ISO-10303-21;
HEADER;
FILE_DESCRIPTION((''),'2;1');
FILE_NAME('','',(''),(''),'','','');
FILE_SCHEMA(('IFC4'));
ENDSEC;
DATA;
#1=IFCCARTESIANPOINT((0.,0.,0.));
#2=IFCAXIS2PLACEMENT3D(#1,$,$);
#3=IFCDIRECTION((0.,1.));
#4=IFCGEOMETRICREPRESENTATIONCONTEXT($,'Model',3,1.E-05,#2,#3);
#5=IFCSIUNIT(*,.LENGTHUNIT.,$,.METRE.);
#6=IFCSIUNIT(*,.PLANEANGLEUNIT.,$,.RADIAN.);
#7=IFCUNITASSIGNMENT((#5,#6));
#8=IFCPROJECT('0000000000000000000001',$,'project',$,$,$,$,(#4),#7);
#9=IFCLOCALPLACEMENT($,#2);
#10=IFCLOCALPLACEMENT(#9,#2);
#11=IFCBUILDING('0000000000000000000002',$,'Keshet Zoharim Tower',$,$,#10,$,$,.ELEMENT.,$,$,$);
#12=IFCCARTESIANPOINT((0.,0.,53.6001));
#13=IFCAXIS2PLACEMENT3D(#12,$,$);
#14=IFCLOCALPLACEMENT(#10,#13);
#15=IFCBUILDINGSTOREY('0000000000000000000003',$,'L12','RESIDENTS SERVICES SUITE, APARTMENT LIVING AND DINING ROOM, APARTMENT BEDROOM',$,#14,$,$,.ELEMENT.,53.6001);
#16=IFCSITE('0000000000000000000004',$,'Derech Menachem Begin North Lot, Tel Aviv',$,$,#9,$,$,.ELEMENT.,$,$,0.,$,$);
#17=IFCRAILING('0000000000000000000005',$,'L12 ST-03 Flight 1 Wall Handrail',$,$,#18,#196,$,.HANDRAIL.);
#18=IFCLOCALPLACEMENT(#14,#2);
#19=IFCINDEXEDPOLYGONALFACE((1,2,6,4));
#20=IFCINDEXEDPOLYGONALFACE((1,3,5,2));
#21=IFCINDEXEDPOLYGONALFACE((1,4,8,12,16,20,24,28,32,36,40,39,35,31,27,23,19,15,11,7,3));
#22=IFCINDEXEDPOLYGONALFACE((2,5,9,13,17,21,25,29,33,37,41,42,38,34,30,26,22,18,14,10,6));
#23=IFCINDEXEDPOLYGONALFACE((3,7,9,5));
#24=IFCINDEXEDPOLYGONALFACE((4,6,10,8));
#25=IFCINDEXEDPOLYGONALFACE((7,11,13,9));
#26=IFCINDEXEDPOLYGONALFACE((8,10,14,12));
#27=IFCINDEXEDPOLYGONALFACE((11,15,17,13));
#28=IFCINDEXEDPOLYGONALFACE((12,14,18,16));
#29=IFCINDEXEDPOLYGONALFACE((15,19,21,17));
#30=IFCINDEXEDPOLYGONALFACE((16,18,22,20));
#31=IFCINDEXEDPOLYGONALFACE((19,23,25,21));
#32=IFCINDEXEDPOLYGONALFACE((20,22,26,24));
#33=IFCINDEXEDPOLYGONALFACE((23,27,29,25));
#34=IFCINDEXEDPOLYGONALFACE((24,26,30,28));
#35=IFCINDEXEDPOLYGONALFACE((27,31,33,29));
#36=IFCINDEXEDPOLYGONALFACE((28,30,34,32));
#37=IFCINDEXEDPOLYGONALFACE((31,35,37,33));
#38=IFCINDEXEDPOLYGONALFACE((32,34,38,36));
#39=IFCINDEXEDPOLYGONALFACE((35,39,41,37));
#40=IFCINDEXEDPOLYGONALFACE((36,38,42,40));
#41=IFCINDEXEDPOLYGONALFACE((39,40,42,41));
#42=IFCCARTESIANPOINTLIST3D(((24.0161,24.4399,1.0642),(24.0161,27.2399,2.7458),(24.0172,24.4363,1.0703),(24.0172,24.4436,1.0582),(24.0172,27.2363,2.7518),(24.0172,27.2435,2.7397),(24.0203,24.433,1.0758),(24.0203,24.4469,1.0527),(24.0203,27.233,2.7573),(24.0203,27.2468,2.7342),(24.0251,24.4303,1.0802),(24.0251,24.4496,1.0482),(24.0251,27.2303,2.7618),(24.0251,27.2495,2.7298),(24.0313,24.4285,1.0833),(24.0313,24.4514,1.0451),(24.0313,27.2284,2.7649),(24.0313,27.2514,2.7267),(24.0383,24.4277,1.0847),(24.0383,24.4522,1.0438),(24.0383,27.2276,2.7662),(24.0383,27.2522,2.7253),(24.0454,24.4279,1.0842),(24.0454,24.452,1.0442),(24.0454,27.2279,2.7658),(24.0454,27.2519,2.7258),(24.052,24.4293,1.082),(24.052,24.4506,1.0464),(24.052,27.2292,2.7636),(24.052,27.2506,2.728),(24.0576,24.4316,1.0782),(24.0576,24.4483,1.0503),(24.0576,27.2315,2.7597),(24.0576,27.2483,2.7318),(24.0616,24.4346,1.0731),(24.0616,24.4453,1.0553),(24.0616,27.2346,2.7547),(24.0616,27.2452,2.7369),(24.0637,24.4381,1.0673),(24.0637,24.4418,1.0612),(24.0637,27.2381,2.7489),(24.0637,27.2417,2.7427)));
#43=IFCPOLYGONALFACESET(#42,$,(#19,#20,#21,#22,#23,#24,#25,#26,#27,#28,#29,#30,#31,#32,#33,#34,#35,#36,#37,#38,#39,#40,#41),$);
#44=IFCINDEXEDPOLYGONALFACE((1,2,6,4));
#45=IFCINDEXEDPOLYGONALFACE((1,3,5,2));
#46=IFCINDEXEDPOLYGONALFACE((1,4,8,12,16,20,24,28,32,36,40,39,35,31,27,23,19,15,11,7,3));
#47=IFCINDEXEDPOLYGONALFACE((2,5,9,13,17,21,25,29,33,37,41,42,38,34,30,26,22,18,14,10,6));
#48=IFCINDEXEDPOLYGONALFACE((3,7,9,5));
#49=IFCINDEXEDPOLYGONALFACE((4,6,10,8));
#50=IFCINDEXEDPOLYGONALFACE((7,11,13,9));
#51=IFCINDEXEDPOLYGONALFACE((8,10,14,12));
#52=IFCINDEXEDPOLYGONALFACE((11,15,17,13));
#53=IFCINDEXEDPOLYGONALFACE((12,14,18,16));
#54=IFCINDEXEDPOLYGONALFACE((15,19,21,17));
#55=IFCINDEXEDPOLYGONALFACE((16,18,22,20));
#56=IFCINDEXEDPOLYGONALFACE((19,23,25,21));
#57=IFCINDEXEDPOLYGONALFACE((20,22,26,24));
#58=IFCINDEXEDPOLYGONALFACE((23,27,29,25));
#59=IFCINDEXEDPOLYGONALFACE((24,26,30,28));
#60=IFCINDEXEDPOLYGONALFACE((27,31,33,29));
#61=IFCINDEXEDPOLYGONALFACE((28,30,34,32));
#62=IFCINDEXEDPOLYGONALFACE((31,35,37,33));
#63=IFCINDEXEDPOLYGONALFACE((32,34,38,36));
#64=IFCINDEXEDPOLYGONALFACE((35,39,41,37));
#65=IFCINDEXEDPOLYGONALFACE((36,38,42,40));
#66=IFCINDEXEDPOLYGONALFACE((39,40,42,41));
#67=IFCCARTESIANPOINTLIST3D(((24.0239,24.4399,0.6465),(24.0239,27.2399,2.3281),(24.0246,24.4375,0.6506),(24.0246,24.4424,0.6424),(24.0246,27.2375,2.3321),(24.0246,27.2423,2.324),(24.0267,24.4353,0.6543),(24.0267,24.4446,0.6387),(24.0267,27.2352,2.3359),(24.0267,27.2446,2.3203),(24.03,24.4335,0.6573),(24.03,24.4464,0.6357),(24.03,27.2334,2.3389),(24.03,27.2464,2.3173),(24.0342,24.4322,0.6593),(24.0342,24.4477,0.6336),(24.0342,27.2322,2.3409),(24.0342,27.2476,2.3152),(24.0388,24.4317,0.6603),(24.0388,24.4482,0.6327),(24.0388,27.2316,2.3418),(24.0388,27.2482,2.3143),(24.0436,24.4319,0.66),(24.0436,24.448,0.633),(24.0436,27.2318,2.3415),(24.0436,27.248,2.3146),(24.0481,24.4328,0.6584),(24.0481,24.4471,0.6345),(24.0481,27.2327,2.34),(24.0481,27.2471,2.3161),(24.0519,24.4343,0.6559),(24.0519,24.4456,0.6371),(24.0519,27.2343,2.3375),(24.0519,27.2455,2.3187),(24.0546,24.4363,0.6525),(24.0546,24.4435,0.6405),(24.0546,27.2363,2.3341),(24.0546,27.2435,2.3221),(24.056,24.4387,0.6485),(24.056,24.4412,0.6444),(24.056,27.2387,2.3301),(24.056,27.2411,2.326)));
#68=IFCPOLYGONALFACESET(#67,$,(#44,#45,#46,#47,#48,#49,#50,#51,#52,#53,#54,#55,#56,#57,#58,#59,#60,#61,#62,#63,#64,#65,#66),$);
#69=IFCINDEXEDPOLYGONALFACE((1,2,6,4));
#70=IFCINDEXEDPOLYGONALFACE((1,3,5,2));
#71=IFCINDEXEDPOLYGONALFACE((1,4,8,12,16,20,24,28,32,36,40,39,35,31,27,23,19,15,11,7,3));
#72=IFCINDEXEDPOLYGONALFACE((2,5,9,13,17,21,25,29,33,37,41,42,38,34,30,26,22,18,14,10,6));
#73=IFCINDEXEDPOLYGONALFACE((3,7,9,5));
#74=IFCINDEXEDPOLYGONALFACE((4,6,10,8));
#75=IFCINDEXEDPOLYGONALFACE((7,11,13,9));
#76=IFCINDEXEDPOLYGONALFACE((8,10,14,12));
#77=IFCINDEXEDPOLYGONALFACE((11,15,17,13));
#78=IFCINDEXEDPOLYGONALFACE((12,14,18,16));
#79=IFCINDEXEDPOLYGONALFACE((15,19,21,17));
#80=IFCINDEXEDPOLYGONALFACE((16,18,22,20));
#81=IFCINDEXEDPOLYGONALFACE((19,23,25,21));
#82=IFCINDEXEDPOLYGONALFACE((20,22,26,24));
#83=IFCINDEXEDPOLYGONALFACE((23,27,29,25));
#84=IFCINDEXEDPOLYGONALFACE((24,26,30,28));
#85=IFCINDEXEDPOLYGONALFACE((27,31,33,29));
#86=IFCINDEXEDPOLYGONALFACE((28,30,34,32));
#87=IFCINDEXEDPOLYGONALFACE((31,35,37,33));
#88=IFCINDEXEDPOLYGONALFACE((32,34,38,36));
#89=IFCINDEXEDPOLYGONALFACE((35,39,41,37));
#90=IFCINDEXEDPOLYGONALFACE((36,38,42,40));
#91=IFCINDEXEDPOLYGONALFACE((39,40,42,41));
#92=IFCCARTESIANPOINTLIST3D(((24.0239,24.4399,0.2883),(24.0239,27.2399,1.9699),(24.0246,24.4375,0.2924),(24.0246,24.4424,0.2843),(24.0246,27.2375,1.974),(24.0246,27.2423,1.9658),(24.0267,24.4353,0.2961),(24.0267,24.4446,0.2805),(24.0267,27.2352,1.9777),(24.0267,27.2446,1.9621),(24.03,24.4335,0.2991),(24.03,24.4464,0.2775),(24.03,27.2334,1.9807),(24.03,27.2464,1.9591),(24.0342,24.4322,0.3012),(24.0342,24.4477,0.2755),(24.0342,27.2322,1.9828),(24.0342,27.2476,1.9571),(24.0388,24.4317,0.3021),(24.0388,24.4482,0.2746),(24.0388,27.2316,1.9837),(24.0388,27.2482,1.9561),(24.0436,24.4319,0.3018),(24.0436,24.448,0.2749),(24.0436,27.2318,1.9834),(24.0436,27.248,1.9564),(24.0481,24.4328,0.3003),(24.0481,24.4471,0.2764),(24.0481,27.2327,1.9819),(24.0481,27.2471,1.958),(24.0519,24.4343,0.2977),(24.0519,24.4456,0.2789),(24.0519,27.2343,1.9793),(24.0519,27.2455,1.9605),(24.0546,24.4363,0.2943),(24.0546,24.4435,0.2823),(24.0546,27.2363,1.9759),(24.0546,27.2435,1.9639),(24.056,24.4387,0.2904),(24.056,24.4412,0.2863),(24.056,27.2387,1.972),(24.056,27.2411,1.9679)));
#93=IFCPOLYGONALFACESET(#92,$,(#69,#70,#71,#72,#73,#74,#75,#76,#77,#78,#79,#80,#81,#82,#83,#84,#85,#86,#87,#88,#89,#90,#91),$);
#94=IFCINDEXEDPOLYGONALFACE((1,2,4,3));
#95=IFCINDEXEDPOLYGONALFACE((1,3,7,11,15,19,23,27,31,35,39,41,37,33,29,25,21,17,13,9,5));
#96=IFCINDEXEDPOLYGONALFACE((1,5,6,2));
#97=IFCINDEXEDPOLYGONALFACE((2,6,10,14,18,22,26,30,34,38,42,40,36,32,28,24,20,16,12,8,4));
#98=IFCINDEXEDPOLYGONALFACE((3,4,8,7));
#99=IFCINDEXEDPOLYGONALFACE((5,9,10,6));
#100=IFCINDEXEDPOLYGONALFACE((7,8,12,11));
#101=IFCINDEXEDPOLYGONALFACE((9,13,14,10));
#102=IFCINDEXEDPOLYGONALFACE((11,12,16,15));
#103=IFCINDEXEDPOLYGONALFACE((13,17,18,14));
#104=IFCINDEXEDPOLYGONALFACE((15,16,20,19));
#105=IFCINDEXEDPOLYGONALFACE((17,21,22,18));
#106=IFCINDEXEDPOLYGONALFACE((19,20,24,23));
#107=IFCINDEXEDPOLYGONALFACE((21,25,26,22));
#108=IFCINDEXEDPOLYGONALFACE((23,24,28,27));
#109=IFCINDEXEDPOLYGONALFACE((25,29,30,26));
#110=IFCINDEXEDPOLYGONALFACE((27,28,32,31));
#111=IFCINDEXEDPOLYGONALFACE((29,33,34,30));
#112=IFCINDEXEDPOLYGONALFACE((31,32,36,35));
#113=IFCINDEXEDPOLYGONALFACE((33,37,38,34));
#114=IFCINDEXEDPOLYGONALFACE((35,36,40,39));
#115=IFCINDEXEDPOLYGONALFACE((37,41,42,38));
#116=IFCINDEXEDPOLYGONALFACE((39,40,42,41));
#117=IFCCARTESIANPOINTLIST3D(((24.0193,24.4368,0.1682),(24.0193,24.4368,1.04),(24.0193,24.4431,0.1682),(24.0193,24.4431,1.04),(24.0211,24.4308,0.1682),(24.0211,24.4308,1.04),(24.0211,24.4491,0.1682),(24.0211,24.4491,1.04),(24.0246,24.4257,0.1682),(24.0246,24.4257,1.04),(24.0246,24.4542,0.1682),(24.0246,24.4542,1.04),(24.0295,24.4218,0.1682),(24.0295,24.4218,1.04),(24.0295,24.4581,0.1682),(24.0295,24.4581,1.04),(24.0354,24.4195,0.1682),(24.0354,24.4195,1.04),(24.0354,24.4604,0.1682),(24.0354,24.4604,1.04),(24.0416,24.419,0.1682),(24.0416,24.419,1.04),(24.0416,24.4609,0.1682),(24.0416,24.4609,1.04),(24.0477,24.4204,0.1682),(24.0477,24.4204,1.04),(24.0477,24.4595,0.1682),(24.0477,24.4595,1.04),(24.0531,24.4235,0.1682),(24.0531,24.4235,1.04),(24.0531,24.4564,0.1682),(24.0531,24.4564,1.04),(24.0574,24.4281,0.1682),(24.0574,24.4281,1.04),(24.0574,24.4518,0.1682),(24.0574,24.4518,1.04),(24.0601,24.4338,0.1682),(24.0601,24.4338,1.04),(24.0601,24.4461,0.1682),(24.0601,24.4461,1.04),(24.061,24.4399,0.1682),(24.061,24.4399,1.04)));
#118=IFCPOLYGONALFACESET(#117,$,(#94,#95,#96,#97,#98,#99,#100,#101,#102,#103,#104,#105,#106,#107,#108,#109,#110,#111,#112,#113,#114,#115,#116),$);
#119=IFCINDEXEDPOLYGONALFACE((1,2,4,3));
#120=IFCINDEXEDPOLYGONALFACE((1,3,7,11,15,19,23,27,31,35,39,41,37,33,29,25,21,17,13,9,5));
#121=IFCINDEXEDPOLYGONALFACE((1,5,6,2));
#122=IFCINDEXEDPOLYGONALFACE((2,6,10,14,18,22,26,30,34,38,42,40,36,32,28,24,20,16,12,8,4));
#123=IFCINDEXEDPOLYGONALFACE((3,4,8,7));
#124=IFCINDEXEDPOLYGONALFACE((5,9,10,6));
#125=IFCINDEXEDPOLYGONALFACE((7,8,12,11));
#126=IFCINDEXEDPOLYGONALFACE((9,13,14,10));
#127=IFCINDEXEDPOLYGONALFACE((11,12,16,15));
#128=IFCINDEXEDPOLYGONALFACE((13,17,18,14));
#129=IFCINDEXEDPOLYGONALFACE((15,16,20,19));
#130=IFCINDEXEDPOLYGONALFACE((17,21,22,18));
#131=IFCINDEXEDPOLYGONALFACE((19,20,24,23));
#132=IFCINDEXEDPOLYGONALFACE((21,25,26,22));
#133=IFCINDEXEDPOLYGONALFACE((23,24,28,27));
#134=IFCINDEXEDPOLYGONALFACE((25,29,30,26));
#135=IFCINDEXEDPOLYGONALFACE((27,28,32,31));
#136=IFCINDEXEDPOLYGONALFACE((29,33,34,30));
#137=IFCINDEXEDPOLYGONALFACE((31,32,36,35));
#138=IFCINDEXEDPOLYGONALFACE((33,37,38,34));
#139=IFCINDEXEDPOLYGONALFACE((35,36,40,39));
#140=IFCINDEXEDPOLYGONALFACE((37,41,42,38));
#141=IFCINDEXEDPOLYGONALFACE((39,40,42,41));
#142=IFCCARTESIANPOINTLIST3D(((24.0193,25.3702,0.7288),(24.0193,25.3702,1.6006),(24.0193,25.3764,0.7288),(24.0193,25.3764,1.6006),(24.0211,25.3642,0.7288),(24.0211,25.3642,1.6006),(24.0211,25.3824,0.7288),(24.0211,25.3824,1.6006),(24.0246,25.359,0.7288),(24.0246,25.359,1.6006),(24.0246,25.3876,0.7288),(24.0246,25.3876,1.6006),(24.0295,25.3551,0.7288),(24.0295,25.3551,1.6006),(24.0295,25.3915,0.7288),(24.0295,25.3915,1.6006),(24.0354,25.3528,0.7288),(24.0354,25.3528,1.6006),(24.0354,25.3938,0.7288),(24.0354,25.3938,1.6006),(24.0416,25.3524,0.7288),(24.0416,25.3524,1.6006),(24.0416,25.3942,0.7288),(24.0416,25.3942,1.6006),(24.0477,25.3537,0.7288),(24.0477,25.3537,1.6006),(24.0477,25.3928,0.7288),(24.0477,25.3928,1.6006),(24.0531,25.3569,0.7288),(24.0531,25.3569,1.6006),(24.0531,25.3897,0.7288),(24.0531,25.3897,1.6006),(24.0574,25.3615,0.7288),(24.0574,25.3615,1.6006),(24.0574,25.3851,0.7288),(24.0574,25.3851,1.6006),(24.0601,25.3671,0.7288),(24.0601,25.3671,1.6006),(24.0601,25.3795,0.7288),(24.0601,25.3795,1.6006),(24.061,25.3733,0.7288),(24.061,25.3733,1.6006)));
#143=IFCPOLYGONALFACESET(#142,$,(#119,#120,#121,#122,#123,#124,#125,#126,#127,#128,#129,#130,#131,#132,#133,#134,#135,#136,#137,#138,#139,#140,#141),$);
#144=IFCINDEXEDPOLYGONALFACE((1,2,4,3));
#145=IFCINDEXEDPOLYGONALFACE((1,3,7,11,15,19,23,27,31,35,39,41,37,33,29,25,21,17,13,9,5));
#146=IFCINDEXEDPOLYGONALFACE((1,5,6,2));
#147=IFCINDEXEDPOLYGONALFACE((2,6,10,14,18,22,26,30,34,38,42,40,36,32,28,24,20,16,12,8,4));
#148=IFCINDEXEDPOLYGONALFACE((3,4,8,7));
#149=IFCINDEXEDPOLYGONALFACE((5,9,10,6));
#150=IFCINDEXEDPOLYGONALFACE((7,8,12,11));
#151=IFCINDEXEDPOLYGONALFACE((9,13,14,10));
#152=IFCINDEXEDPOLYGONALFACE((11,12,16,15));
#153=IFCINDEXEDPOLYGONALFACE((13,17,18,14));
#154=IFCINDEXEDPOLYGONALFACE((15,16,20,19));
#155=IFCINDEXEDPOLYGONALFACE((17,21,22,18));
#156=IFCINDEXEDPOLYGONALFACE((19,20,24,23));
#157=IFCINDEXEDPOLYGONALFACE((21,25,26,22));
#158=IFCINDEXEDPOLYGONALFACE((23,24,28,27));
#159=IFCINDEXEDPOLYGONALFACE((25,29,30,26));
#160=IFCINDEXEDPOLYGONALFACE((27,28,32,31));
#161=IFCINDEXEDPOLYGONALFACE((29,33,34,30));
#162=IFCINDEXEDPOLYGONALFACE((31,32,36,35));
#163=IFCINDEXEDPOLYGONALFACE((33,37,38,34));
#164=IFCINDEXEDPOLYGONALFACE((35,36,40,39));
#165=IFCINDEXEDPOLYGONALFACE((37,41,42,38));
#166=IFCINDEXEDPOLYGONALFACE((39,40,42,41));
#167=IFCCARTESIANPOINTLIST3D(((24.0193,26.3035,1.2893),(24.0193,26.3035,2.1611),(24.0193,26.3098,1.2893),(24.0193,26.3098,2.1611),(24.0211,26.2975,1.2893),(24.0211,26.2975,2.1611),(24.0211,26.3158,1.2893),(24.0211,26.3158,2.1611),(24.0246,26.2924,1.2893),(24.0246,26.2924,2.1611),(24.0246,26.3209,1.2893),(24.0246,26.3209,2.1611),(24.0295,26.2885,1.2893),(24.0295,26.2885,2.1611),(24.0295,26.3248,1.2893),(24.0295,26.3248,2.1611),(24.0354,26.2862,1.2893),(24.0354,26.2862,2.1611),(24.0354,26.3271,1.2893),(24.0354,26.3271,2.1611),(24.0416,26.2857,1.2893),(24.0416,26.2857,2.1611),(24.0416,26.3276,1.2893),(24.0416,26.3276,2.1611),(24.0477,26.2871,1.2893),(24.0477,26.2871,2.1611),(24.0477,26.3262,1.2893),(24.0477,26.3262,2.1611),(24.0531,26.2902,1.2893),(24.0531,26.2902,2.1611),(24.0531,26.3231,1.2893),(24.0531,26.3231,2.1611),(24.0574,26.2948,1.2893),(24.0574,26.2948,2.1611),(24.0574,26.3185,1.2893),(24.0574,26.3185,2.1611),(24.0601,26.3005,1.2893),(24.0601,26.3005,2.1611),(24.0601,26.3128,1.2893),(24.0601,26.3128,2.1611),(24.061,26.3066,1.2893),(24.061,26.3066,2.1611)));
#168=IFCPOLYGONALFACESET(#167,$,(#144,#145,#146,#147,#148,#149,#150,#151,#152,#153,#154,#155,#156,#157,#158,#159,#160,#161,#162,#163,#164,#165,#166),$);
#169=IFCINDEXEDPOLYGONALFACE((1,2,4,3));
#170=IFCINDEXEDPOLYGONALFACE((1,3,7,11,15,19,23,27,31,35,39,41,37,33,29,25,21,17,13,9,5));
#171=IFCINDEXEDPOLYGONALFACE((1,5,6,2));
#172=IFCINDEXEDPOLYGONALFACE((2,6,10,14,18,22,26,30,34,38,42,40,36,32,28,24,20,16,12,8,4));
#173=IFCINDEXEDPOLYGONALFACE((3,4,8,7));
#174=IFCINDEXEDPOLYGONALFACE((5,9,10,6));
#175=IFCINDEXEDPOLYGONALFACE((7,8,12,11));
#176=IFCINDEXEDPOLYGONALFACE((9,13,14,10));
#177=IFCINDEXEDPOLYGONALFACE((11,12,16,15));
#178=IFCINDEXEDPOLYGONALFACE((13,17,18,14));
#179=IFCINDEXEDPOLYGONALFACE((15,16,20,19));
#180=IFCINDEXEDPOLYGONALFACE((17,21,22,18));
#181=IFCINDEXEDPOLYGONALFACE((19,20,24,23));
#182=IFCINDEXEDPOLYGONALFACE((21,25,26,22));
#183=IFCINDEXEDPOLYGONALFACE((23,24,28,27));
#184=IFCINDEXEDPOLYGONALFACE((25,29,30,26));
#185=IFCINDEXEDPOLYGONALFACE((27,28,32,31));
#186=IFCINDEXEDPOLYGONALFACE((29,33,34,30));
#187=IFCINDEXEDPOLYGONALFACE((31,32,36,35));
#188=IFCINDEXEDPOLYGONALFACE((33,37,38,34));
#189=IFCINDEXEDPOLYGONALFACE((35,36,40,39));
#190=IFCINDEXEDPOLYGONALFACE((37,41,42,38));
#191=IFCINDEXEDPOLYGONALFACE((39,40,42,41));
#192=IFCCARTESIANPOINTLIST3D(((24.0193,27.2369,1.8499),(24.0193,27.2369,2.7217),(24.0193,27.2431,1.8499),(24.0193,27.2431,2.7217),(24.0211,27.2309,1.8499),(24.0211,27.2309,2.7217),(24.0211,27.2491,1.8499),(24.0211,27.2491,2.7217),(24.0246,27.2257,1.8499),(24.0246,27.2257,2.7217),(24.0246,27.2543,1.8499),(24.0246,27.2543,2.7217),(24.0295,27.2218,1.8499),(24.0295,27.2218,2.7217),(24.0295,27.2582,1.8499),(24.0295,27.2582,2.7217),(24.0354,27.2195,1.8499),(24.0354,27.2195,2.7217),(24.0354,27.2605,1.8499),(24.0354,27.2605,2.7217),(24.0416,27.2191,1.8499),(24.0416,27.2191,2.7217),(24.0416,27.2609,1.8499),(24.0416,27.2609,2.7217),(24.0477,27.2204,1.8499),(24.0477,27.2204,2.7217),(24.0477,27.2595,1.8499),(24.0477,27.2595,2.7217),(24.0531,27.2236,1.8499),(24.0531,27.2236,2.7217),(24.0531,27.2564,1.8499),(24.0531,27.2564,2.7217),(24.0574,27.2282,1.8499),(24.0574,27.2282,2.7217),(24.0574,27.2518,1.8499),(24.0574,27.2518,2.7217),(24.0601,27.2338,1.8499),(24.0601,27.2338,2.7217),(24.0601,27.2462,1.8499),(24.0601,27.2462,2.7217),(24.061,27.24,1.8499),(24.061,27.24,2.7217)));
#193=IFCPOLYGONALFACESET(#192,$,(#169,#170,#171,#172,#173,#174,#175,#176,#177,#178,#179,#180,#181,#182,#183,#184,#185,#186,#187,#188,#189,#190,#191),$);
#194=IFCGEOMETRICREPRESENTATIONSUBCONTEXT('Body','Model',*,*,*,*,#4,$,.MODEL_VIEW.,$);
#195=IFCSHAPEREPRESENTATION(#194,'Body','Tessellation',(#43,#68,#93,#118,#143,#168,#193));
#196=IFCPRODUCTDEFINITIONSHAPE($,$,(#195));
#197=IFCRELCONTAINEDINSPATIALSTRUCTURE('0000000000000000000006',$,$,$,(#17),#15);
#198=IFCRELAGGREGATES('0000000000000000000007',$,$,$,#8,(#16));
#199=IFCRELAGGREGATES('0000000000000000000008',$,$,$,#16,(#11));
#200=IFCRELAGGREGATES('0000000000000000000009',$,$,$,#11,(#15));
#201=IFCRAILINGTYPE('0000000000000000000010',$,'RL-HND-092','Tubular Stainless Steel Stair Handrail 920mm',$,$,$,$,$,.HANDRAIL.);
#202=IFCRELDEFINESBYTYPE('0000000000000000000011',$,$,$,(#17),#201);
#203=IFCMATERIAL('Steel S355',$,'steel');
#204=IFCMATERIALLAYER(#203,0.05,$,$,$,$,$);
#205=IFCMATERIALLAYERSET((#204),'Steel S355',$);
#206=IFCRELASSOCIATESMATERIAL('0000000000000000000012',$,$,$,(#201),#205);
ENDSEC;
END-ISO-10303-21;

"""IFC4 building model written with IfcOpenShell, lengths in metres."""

from ifc_helpers import new_model, si_unit, direction, frame, origin, origin_2d, place, context, subcontext, project, spatial, circle, extrude, material, layer, layer_set, type_object, element, save


model = new_model("IFC4")

# Units and contexts
model_context = context("Model", 3, precision=1e-05, world=origin(), true_north=direction((0.0, 1.0)))
body_context = subcontext(model_context, "Body", "Model", "MODEL_VIEW")
ifc_project = project(units=[si_unit("LENGTHUNIT", "METRE"), si_unit("PLANEANGLEUNIT", "RADIAN")], contexts=[model_context])

# Site, building, storey
site_placement = place(None, origin())
site = spatial("IfcSite", under=ifc_project, at=site_placement, Name="Derech Menachem Begin North Lot, Tel Aviv", CompositionType="ELEMENT", RefElevation=0.0)
building_placement = place(site_placement, origin())
building = spatial("IfcBuilding", under=site, at=building_placement, Name="Keshet Zoharim Tower", CompositionType="ELEMENT")
storey_placement = place(building_placement, frame((0.0, 0.0, 53.6001)))
storey = spatial("IfcBuildingStorey", under=building, at=storey_placement, Name="L12", Description="RESIDENTS SERVICES SUITE, APARTMENT LIVING AND DINING ROOM, APARTMENT BEDROOM", CompositionType="ELEMENT", Elevation=53.6001)

# Shared definitions
ifc_material_1 = material(Name="Steel S355", Category="steel")

# Railing
ifc_layer_1 = layer(ifc_material_1, 0.05)
ifc_layer_set_1 = layer_set([ifc_layer_1], Name="Steel S355")
railing_type_1 = type_object("IfcRailingType", Name="RL-HND-092", Description="Tubular Stainless Steel Stair Handrail 920mm", PredefinedType="HANDRAIL", material=ifc_layer_set_1)
railing_1_placement = place(storey_placement, frame((24.04, 24.4399, 0.1682)))
element("IfcRailing", 1, at=railing_1_placement, inside=storey, type_object=railing_type_1, Name="L12 ST-03 Flight 1 Wall Handrail", PredefinedType="HANDRAIL", context=body_context, shape_type="SweptSolid", body=[
    extrude(circle(Radius=0.0239, at=origin_2d()), frame((0.0, 0.0, 0.896), z_axis=(0.0, 0.857275, 0.514858), x_axis=(-1.0, 0.0, 0.0)), (0.0, 0.0, 1.0), 3.2661),
    extrude(circle(Radius=0.0161, at=origin_2d()), frame((0.0, 0.0, 0.4783), z_axis=(0.0, 0.857275, 0.514858), x_axis=(-1.0, 0.0, 0.0)), (0.0, 0.0, 1.0), 3.2661),
    extrude(circle(Radius=0.0161, at=origin_2d()), frame((0.0, 0.0, 0.1201), z_axis=(0.0, 0.857275, 0.514858), x_axis=(-1.0, 0.0, 0.0)), (0.0, 0.0, 1.0), 3.2661),
    extrude(circle(Radius=0.021, at=origin_2d()), origin(), (0.0, 0.0, 1.0), 0.8718),
    extrude(circle(Radius=0.021, at=origin_2d()), frame((0.0, 0.9333, 0.5605)), (0.0, 0.0, 1.0), 0.8718),
    extrude(circle(Radius=0.021, at=origin_2d()), frame((0.0, 1.8667, 1.1211)), (0.0, 0.0, 1.0), 0.8718),
    extrude(circle(Radius=0.021, at=origin_2d()), frame((0.0, 2.8, 1.6816)), (0.0, 0.0, 1.0), 0.8718),
])

save(model, "model.ifc")
